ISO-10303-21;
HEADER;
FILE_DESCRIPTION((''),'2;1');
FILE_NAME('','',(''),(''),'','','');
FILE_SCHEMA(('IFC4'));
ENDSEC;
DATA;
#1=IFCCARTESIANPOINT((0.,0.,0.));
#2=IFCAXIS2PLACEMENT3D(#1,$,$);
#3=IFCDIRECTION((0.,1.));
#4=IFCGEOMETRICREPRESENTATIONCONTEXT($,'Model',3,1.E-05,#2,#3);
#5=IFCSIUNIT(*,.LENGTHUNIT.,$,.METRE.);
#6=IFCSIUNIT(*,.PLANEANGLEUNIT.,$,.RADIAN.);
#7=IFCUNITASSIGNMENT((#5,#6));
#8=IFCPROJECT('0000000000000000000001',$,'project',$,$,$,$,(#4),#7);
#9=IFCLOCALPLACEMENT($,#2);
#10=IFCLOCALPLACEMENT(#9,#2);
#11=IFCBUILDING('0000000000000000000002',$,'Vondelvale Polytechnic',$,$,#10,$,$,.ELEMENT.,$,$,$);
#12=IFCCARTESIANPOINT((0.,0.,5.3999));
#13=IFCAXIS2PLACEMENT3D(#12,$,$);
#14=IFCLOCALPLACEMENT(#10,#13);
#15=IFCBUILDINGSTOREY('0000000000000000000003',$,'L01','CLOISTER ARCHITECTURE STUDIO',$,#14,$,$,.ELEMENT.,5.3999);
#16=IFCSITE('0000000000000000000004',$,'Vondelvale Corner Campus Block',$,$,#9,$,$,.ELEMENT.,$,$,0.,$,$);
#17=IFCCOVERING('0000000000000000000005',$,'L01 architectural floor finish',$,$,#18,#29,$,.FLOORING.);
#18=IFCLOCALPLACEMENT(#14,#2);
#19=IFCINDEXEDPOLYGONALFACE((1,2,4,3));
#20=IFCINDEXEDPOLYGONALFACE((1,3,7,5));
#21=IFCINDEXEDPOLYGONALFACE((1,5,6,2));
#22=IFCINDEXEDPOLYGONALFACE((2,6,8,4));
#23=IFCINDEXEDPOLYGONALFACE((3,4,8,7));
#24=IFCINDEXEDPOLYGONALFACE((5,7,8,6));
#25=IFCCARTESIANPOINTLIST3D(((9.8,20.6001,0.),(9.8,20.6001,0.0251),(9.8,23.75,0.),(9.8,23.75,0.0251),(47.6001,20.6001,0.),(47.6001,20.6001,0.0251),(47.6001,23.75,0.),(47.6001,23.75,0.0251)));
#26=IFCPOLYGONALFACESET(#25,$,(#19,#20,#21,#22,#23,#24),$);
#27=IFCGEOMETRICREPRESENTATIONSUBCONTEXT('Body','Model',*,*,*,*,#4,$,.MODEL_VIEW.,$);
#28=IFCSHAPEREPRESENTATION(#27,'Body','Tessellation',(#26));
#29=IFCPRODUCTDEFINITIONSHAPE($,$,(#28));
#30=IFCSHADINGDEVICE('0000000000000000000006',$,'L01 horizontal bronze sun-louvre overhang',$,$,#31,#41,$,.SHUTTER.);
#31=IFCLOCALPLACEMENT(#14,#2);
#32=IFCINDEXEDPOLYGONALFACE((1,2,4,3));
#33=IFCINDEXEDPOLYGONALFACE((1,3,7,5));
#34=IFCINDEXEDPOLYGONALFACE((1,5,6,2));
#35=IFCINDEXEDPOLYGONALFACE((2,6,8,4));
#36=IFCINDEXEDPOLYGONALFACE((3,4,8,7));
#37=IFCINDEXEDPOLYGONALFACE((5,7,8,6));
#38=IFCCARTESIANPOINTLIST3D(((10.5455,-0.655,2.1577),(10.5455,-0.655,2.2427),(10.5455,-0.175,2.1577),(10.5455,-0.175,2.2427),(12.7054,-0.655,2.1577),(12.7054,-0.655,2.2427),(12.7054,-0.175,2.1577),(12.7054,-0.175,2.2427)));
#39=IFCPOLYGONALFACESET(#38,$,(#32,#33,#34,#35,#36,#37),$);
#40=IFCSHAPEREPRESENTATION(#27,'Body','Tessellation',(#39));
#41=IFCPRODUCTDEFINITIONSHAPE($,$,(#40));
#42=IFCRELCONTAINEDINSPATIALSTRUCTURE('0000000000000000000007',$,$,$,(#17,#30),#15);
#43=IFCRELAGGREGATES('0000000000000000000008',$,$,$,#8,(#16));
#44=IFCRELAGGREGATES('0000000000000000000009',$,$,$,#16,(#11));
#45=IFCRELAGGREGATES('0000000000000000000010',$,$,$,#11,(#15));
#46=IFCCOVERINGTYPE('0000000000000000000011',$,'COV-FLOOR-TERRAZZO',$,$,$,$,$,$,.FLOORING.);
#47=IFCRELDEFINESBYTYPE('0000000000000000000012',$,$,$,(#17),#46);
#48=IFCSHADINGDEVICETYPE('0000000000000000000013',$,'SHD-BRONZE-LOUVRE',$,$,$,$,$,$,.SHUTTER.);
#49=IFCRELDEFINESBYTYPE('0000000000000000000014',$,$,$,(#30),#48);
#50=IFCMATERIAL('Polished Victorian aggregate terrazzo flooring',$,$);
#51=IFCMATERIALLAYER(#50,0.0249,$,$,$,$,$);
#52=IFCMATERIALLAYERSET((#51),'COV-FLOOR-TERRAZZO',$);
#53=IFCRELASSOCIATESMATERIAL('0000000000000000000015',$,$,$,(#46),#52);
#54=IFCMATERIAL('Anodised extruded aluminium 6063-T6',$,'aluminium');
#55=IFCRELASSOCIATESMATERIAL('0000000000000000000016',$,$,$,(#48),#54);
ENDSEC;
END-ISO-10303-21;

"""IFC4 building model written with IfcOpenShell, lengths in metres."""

from ifc_helpers import new_model, si_unit, direction, frame, origin, origin_2d, place, context, subcontext, project, spatial, polyline, rectangle, outline, extrude, material, layer, layer_set, type_object, element, save


model = new_model("IFC4")

# Units and contexts
model_context = context("Model", 3, precision=1e-05, world=origin(), true_north=direction((0.0, 1.0)))
body_context = subcontext(model_context, "Body", "Model", "MODEL_VIEW")
ifc_project = project(units=[si_unit("LENGTHUNIT", "METRE"), si_unit("PLANEANGLEUNIT", "RADIAN")], contexts=[model_context])

# Site, building, storey
site_placement = place(None, origin())
site = spatial("IfcSite", under=ifc_project, at=site_placement, Name="Vondelvale Corner Campus Block", CompositionType="ELEMENT", RefElevation=0.0)
building_placement = place(site_placement, origin())
building = spatial("IfcBuilding", under=site, at=building_placement, Name="Vondelvale Polytechnic", CompositionType="ELEMENT")
storey_placement = place(building_placement, frame((0.0, 0.0, 5.3999)))
storey = spatial("IfcBuildingStorey", under=building, at=storey_placement, Name="L01", Description="CLOISTER ARCHITECTURE STUDIO", CompositionType="ELEMENT", Elevation=5.3999)

# Covering
ifc_material_1 = material(Name="Polished Victorian aggregate terrazzo flooring")
ifc_layer_1 = layer(ifc_material_1, 0.0249)
ifc_layer_set_1 = layer_set([ifc_layer_1], Name="COV-FLOOR-TERRAZZO")
covering_type_1 = type_object("IfcCoveringType", Name="COV-FLOOR-TERRAZZO", PredefinedType="FLOORING", material=ifc_layer_set_1)
covering_1_placement = place(storey_placement, origin())
element("IfcCovering", 1, at=covering_1_placement, inside=storey, type_object=covering_type_1, Name="L01 architectural floor finish", PredefinedType="FLOORING", context=body_context, shape_type="SweptSolid", body=[
    extrude(outline(polyline([(9.8, 20.6001), (47.6001, 20.6001), (47.6001, 23.75), (9.8, 23.75), (9.8, 20.6001)])), origin(), (0.0, 0.0, 1.0), 0.0251),
])

# Shading device
ifc_material_2 = material(Name="Anodised extruded aluminium 6063-T6", Category="aluminium")
shading_device_type = type_object("IfcShadingDeviceType", Name="SHD-BRONZE-LOUVRE", PredefinedType="SHUTTER", material=ifc_material_2)
shading_device_placement = place(storey_placement, frame((11.6255, -0.415, 2.1577), z_axis=(0.0, 0.0, 1.0), x_axis=(-1.0, 0.0, 0.0)))
element("IfcShadingDevice", 2, at=shading_device_placement, inside=storey, type_object=shading_device_type, Name="L01 horizontal bronze sun-louvre overhang", PredefinedType="SHUTTER", context=body_context, shape_type="SweptSolid", body=[
    extrude(rectangle(XDim=2.1599, YDim=0.48, at=origin_2d()), origin(), (0.0, 0.0, 1.0), 0.085),
])

save(model, "model.ifc")
